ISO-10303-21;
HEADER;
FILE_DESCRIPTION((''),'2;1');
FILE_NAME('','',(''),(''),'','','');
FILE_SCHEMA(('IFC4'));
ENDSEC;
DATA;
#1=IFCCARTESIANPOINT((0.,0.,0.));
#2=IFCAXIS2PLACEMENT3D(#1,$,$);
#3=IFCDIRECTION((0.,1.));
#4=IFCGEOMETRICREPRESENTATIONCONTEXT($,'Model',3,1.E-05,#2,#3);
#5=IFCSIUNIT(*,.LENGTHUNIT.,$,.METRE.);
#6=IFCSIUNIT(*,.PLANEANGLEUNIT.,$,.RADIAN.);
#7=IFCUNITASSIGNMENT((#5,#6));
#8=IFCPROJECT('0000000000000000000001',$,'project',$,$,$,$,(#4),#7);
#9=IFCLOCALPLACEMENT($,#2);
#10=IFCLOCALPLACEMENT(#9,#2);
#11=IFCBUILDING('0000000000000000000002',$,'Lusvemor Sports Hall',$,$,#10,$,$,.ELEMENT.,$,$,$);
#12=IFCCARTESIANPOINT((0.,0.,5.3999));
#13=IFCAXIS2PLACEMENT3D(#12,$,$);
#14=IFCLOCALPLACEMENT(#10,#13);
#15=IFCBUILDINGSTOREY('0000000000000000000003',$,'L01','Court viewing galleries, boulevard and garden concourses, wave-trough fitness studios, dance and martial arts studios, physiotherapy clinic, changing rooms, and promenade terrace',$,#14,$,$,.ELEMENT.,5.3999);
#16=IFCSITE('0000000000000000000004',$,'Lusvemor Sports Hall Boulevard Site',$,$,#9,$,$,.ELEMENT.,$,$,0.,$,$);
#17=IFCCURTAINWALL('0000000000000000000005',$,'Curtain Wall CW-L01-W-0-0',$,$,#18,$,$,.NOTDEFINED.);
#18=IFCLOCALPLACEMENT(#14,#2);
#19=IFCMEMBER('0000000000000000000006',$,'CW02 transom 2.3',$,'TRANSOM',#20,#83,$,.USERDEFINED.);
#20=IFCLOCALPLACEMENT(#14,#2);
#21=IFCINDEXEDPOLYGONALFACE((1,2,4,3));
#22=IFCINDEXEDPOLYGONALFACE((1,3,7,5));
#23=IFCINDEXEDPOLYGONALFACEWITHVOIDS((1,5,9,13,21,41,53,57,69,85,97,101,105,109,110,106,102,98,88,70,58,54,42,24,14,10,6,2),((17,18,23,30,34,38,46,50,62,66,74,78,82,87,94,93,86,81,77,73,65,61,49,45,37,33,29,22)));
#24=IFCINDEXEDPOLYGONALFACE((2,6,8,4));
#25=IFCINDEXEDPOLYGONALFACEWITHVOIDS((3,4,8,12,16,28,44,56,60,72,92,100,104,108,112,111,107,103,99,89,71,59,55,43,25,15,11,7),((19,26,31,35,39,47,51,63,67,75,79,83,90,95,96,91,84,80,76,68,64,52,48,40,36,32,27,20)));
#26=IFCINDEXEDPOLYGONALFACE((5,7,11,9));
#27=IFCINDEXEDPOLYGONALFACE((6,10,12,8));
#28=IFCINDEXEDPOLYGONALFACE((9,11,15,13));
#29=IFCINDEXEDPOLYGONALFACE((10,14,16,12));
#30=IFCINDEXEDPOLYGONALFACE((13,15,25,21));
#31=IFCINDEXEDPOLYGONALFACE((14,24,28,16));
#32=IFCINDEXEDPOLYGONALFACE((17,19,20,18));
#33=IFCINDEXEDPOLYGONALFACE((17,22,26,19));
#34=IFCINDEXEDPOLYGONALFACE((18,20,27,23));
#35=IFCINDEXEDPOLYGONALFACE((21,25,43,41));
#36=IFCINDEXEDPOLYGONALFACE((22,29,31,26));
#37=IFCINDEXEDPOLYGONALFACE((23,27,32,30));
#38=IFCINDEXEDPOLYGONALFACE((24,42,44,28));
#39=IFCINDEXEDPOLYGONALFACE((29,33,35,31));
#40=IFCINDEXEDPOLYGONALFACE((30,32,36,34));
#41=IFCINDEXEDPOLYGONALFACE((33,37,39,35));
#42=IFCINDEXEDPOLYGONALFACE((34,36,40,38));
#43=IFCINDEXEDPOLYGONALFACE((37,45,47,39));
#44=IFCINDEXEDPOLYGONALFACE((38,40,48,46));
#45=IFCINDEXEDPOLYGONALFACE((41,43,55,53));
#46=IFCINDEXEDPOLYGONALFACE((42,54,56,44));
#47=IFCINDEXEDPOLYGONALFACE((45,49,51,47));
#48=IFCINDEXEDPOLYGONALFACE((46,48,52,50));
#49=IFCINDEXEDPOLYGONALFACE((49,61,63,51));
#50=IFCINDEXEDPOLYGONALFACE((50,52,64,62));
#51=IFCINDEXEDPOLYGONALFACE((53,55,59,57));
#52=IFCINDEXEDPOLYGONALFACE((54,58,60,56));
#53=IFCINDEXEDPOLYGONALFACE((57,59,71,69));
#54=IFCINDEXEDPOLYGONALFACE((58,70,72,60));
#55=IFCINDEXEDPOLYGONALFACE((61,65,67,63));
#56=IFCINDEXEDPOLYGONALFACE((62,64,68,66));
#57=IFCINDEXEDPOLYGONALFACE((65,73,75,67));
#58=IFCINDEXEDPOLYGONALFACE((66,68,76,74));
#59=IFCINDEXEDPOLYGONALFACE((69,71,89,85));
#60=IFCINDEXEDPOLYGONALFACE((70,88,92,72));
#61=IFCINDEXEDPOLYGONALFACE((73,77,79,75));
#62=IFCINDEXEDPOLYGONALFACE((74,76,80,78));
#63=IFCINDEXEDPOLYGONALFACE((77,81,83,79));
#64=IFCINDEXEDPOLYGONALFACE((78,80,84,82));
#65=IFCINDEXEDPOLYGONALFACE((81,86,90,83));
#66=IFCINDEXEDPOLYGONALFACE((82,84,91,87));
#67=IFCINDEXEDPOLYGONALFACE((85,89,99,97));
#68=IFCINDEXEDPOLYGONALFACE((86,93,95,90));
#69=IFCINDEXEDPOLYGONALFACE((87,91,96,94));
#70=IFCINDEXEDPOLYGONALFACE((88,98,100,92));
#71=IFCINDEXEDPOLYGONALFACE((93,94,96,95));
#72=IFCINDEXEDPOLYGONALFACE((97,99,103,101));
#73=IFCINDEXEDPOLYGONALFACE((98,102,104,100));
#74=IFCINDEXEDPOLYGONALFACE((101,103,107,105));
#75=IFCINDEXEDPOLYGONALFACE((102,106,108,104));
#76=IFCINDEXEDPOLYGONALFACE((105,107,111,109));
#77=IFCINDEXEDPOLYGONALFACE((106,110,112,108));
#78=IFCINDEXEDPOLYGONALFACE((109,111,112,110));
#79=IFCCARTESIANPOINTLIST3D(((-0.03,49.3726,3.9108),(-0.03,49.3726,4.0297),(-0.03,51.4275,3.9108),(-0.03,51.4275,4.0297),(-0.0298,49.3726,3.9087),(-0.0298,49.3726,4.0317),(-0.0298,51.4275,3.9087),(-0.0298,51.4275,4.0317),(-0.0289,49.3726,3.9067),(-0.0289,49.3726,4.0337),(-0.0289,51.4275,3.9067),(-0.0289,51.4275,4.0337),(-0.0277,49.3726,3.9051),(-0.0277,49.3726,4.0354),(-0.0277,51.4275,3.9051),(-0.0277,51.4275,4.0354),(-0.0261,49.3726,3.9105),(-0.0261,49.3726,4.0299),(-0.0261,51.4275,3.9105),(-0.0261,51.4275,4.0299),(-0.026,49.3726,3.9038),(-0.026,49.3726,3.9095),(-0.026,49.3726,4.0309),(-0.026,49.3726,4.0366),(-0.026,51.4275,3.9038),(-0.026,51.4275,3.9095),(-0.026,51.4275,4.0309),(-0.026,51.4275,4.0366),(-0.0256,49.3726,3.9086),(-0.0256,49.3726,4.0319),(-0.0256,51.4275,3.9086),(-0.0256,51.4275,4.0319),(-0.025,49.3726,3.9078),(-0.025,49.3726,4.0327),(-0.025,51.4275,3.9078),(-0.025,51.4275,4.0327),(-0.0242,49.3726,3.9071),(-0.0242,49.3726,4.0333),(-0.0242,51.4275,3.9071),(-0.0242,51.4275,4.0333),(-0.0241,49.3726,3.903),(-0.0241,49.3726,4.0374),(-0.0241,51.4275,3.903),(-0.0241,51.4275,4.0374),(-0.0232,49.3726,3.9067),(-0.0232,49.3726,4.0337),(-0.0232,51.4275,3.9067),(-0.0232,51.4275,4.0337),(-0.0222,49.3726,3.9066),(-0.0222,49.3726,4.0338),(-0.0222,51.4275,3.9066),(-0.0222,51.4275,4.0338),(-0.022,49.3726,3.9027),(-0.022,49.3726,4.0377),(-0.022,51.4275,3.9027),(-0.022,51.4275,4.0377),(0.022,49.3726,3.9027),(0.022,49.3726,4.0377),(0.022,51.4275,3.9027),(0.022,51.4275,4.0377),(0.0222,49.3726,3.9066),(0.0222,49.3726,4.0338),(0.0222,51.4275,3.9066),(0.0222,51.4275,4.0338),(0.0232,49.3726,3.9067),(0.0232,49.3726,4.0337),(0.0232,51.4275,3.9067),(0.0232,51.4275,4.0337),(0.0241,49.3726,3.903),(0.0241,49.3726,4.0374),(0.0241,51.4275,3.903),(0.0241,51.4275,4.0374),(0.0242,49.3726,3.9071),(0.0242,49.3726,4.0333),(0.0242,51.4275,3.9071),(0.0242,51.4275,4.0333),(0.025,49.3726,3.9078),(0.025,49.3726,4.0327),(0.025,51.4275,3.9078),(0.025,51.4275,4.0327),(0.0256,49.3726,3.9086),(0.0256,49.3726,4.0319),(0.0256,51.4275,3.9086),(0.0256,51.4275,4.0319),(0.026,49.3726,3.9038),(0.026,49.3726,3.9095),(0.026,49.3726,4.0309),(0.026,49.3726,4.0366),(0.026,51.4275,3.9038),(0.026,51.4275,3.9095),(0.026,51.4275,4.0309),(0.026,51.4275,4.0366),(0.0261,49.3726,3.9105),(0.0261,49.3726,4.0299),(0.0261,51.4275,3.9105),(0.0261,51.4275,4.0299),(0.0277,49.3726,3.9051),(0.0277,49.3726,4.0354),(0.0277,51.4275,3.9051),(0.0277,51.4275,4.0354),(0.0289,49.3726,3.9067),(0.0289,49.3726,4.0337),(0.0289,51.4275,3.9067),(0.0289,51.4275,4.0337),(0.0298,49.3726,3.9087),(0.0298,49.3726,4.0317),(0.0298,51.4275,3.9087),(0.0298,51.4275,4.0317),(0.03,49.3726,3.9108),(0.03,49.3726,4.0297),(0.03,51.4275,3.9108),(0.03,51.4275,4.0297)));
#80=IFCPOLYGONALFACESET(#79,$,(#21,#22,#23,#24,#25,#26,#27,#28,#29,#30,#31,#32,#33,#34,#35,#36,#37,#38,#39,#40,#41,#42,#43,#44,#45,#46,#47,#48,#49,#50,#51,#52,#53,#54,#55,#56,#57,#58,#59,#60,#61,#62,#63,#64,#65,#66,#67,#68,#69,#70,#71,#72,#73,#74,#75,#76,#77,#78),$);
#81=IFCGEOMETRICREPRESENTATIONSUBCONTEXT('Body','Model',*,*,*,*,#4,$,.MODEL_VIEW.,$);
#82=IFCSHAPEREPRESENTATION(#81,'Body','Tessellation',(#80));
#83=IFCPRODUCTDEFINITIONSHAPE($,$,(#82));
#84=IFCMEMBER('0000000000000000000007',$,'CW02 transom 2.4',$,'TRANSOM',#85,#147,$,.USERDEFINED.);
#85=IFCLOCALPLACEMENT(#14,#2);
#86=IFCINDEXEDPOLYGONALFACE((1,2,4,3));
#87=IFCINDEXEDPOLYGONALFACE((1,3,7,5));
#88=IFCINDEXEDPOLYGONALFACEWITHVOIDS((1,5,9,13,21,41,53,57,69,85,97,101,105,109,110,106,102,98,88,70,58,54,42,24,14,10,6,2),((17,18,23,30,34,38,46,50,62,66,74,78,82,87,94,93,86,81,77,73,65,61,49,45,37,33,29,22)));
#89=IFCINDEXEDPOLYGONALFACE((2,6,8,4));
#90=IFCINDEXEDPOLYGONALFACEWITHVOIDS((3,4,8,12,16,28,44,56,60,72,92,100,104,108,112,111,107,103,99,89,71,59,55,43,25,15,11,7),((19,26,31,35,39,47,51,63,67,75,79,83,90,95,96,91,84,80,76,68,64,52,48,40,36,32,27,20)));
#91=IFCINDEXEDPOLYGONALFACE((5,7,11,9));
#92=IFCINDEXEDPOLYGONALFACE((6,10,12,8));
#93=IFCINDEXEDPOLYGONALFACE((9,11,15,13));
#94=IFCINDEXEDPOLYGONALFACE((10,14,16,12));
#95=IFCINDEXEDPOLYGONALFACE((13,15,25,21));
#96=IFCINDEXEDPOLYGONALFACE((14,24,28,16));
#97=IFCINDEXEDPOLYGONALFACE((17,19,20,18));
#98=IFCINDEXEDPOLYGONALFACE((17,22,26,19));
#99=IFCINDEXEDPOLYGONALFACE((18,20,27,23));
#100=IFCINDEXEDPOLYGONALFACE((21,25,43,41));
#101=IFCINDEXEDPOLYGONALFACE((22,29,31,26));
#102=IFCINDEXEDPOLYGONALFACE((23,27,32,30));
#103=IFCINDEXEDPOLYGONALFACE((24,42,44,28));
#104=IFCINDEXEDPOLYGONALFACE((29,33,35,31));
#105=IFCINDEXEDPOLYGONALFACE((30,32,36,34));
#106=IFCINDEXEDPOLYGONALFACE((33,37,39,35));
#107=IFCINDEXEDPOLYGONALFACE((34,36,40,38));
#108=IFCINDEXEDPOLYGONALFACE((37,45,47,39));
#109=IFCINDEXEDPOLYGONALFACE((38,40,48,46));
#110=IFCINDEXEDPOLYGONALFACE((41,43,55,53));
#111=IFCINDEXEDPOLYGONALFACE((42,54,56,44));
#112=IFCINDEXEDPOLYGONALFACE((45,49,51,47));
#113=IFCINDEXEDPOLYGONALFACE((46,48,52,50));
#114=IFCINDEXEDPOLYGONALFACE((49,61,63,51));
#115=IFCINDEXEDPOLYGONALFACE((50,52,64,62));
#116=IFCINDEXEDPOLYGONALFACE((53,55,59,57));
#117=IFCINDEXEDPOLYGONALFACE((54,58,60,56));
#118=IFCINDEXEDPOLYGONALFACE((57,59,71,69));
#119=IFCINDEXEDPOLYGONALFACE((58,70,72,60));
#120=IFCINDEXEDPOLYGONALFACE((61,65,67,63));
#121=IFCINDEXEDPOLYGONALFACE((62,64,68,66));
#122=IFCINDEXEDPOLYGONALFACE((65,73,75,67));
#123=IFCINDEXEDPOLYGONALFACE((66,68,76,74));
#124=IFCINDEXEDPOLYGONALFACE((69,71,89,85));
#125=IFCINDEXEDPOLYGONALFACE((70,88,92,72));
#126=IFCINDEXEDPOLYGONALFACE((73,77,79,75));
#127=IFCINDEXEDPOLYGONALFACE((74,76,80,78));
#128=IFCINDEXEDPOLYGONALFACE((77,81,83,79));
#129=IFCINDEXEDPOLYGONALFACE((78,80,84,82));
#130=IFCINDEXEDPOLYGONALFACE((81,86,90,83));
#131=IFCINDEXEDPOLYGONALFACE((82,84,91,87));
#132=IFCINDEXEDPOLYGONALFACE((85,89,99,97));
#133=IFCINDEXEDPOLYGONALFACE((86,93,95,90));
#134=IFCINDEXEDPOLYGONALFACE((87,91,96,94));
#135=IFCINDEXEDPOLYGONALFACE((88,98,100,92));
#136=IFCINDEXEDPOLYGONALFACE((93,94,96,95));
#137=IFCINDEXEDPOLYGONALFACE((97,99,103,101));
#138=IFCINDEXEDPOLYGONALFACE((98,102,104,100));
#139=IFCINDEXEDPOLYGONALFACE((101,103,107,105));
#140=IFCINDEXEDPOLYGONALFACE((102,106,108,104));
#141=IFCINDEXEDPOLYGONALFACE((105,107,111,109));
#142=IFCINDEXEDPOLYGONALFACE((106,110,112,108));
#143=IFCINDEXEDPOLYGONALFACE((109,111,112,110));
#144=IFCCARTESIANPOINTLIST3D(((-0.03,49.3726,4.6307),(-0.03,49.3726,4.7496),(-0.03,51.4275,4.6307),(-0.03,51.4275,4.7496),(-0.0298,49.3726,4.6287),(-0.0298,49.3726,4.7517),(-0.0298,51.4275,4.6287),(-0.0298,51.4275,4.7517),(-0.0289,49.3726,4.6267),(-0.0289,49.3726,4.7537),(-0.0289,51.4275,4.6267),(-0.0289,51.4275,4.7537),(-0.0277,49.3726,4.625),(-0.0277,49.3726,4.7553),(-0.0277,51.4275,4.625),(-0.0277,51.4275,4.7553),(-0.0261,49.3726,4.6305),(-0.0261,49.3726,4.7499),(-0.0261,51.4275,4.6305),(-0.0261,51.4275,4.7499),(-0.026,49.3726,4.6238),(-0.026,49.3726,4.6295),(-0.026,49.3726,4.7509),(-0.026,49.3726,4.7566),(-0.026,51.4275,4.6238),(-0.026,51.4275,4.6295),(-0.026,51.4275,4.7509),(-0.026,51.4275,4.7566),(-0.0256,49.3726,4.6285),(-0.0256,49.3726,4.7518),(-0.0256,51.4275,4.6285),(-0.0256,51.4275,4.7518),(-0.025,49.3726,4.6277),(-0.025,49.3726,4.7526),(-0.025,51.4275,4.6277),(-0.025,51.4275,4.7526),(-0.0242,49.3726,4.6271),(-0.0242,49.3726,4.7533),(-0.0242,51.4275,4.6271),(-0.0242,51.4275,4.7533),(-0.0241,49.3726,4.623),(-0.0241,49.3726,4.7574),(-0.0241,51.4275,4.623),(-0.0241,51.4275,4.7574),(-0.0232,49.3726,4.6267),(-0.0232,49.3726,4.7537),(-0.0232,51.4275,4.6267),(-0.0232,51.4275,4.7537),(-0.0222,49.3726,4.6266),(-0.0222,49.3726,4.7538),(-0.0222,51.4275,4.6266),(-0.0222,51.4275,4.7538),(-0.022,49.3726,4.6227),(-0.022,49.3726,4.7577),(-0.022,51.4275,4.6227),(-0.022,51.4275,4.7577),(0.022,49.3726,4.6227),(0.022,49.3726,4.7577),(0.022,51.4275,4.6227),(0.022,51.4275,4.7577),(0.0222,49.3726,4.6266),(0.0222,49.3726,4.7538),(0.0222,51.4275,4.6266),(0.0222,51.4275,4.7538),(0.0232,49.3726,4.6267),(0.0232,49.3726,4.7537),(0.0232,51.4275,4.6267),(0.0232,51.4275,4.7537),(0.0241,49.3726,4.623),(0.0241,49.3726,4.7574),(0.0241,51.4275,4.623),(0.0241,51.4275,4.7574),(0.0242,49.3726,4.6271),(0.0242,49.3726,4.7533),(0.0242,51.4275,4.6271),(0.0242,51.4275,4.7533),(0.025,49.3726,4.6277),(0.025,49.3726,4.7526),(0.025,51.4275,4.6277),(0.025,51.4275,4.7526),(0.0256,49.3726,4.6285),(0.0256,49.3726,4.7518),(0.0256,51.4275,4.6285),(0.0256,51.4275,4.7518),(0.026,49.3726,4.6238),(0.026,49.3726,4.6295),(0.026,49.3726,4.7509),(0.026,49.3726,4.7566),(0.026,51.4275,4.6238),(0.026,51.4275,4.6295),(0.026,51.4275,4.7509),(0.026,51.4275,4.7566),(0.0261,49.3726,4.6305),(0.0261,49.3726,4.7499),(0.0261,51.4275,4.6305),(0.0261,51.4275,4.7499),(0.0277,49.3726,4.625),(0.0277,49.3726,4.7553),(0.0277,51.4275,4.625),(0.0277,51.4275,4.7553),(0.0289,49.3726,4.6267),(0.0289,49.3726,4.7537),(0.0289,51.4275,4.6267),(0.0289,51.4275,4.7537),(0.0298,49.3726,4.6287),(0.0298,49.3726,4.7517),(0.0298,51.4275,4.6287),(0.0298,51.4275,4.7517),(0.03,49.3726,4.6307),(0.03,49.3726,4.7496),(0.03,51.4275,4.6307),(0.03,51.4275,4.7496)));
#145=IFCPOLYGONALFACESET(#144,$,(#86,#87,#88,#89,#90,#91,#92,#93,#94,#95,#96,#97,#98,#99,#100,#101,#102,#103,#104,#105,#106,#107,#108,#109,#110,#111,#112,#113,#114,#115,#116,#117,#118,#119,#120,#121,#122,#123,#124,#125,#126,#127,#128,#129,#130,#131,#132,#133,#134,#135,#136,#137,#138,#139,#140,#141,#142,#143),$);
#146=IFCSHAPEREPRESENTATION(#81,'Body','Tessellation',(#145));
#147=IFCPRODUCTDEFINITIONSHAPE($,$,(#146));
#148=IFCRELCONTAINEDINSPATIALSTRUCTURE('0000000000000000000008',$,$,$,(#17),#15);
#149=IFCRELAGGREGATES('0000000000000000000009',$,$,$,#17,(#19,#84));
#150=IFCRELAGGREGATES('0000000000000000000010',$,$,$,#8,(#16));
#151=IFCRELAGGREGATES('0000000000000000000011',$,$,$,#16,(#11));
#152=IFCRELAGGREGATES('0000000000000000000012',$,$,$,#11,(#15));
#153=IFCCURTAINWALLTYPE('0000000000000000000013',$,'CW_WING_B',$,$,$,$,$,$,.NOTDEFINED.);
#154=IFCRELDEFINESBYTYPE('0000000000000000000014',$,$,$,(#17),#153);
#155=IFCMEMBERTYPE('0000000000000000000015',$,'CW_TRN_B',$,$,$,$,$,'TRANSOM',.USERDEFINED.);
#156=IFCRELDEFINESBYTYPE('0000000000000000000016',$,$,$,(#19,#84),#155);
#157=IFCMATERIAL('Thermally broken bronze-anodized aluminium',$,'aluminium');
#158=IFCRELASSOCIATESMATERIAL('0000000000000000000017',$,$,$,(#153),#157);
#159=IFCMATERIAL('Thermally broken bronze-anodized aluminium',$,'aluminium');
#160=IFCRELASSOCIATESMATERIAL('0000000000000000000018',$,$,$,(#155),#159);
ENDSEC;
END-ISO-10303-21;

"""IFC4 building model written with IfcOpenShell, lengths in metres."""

from ifc_helpers import new_model, si_unit, direction, frame, origin, origin_2d, place, context, subcontext, project, spatial, hollow_rectangle, extrude, material, material_profile, profile_set, type_object, element, aggregate, save


model = new_model("IFC4")

# Units and contexts
model_context = context("Model", 3, precision=1e-05, world=origin(), true_north=direction((0.0, 1.0)))
body_context = subcontext(model_context, "Body", "Model", "MODEL_VIEW")
ifc_project = project(units=[si_unit("LENGTHUNIT", "METRE"), si_unit("PLANEANGLEUNIT", "RADIAN")], contexts=[model_context])

# Site, building, storey
site_placement = place(None, origin())
site = spatial("IfcSite", under=ifc_project, at=site_placement, Name="Lusvemor Sports Hall Boulevard Site", CompositionType="ELEMENT", RefElevation=0.0)
building_placement = place(site_placement, origin())
building = spatial("IfcBuilding", under=site, at=building_placement, Name="Lusvemor Sports Hall", CompositionType="ELEMENT")
storey_placement = place(building_placement, frame((0.0, 0.0, 5.3999)))
storey = spatial("IfcBuildingStorey", under=building, at=storey_placement, Name="L01", Description="Court viewing galleries, boulevard and garden concourses, wave-trough fitness studios, dance and martial arts studios, physiotherapy clinic, changing rooms, and promenade terrace", CompositionType="ELEMENT", Elevation=5.3999)

# Curtain wall
ifc_material_1 = material(Name="Thermally broken bronze-anodized aluminium", Category="aluminium")
curtain_wall_type = type_object("IfcCurtainWallType", Name="CW_WING_B", PredefinedType="NOTDEFINED", material=ifc_material_1)
curtain_wall_1_placement = place(storey_placement, origin())
curtain_wall_1 = element("IfcCurtainWall", 1, at=curtain_wall_1_placement, inside=storey, type_object=curtain_wall_type, Name="Curtain Wall CW-L01-W-0-0", PredefinedType="NOTDEFINED")

# Members
ifc_material_2 = material(Name="Thermally broken bronze-anodized aluminium", Category="aluminium")
ifc_material_profile_1 = material_profile(ifc_material_2, hollow_rectangle(XDim=0.0601, YDim=0.135, WallThickness=0.0039, InnerFilletRadius=0.0039, OuterFilletRadius=0.0081, at=origin_2d()), Name="CWTRN135x60x4")
ifc_profile_set_1 = profile_set([ifc_material_profile_1], Name="Thermally broken bronze-anodized aluminium")
member_type_1 = type_object("IfcMemberType", Name="CW_TRN_B", ElementType="TRANSOM", PredefinedType="USERDEFINED", material=ifc_profile_set_1)
member_1_placement = place(storey_placement, frame((0.0, 49.3726, 3.9702), z_axis=(0.0, 1.0, 0.0), x_axis=(-1.0, 0.0, 0.0)))
member_1 = element("IfcMember", 2, at=member_1_placement, type_object=member_type_1, Name="CW02 transom 2.3", ObjectType="TRANSOM", PredefinedType="USERDEFINED", context=body_context, shape_type="SweptSolid", body=[
    extrude(hollow_rectangle(XDim=0.0601, YDim=0.135, WallThickness=0.0039, InnerFilletRadius=0.0039, OuterFilletRadius=0.0081, at=origin_2d()), origin(), (0.0, 0.0, 1.0), 2.0549),
])
member_2_placement = place(storey_placement, frame((0.0, 49.3726, 4.6902), z_axis=(0.0, 1.0, 0.0), x_axis=(-1.0, 0.0, 0.0)))
member_2 = element("IfcMember", 3, at=member_2_placement, type_object=member_type_1, Name="CW02 transom 2.4", ObjectType="TRANSOM", PredefinedType="USERDEFINED", context=body_context, shape_type="SweptSolid", body=[
    extrude(hollow_rectangle(XDim=0.0601, YDim=0.135, WallThickness=0.0039, InnerFilletRadius=0.0039, OuterFilletRadius=0.0081, at=origin_2d()), origin(), (0.0, 0.0, 1.0), 2.0549),
])

aggregate(curtain_wall_1, [member_1, member_2])

save(model, "model.ifc")
